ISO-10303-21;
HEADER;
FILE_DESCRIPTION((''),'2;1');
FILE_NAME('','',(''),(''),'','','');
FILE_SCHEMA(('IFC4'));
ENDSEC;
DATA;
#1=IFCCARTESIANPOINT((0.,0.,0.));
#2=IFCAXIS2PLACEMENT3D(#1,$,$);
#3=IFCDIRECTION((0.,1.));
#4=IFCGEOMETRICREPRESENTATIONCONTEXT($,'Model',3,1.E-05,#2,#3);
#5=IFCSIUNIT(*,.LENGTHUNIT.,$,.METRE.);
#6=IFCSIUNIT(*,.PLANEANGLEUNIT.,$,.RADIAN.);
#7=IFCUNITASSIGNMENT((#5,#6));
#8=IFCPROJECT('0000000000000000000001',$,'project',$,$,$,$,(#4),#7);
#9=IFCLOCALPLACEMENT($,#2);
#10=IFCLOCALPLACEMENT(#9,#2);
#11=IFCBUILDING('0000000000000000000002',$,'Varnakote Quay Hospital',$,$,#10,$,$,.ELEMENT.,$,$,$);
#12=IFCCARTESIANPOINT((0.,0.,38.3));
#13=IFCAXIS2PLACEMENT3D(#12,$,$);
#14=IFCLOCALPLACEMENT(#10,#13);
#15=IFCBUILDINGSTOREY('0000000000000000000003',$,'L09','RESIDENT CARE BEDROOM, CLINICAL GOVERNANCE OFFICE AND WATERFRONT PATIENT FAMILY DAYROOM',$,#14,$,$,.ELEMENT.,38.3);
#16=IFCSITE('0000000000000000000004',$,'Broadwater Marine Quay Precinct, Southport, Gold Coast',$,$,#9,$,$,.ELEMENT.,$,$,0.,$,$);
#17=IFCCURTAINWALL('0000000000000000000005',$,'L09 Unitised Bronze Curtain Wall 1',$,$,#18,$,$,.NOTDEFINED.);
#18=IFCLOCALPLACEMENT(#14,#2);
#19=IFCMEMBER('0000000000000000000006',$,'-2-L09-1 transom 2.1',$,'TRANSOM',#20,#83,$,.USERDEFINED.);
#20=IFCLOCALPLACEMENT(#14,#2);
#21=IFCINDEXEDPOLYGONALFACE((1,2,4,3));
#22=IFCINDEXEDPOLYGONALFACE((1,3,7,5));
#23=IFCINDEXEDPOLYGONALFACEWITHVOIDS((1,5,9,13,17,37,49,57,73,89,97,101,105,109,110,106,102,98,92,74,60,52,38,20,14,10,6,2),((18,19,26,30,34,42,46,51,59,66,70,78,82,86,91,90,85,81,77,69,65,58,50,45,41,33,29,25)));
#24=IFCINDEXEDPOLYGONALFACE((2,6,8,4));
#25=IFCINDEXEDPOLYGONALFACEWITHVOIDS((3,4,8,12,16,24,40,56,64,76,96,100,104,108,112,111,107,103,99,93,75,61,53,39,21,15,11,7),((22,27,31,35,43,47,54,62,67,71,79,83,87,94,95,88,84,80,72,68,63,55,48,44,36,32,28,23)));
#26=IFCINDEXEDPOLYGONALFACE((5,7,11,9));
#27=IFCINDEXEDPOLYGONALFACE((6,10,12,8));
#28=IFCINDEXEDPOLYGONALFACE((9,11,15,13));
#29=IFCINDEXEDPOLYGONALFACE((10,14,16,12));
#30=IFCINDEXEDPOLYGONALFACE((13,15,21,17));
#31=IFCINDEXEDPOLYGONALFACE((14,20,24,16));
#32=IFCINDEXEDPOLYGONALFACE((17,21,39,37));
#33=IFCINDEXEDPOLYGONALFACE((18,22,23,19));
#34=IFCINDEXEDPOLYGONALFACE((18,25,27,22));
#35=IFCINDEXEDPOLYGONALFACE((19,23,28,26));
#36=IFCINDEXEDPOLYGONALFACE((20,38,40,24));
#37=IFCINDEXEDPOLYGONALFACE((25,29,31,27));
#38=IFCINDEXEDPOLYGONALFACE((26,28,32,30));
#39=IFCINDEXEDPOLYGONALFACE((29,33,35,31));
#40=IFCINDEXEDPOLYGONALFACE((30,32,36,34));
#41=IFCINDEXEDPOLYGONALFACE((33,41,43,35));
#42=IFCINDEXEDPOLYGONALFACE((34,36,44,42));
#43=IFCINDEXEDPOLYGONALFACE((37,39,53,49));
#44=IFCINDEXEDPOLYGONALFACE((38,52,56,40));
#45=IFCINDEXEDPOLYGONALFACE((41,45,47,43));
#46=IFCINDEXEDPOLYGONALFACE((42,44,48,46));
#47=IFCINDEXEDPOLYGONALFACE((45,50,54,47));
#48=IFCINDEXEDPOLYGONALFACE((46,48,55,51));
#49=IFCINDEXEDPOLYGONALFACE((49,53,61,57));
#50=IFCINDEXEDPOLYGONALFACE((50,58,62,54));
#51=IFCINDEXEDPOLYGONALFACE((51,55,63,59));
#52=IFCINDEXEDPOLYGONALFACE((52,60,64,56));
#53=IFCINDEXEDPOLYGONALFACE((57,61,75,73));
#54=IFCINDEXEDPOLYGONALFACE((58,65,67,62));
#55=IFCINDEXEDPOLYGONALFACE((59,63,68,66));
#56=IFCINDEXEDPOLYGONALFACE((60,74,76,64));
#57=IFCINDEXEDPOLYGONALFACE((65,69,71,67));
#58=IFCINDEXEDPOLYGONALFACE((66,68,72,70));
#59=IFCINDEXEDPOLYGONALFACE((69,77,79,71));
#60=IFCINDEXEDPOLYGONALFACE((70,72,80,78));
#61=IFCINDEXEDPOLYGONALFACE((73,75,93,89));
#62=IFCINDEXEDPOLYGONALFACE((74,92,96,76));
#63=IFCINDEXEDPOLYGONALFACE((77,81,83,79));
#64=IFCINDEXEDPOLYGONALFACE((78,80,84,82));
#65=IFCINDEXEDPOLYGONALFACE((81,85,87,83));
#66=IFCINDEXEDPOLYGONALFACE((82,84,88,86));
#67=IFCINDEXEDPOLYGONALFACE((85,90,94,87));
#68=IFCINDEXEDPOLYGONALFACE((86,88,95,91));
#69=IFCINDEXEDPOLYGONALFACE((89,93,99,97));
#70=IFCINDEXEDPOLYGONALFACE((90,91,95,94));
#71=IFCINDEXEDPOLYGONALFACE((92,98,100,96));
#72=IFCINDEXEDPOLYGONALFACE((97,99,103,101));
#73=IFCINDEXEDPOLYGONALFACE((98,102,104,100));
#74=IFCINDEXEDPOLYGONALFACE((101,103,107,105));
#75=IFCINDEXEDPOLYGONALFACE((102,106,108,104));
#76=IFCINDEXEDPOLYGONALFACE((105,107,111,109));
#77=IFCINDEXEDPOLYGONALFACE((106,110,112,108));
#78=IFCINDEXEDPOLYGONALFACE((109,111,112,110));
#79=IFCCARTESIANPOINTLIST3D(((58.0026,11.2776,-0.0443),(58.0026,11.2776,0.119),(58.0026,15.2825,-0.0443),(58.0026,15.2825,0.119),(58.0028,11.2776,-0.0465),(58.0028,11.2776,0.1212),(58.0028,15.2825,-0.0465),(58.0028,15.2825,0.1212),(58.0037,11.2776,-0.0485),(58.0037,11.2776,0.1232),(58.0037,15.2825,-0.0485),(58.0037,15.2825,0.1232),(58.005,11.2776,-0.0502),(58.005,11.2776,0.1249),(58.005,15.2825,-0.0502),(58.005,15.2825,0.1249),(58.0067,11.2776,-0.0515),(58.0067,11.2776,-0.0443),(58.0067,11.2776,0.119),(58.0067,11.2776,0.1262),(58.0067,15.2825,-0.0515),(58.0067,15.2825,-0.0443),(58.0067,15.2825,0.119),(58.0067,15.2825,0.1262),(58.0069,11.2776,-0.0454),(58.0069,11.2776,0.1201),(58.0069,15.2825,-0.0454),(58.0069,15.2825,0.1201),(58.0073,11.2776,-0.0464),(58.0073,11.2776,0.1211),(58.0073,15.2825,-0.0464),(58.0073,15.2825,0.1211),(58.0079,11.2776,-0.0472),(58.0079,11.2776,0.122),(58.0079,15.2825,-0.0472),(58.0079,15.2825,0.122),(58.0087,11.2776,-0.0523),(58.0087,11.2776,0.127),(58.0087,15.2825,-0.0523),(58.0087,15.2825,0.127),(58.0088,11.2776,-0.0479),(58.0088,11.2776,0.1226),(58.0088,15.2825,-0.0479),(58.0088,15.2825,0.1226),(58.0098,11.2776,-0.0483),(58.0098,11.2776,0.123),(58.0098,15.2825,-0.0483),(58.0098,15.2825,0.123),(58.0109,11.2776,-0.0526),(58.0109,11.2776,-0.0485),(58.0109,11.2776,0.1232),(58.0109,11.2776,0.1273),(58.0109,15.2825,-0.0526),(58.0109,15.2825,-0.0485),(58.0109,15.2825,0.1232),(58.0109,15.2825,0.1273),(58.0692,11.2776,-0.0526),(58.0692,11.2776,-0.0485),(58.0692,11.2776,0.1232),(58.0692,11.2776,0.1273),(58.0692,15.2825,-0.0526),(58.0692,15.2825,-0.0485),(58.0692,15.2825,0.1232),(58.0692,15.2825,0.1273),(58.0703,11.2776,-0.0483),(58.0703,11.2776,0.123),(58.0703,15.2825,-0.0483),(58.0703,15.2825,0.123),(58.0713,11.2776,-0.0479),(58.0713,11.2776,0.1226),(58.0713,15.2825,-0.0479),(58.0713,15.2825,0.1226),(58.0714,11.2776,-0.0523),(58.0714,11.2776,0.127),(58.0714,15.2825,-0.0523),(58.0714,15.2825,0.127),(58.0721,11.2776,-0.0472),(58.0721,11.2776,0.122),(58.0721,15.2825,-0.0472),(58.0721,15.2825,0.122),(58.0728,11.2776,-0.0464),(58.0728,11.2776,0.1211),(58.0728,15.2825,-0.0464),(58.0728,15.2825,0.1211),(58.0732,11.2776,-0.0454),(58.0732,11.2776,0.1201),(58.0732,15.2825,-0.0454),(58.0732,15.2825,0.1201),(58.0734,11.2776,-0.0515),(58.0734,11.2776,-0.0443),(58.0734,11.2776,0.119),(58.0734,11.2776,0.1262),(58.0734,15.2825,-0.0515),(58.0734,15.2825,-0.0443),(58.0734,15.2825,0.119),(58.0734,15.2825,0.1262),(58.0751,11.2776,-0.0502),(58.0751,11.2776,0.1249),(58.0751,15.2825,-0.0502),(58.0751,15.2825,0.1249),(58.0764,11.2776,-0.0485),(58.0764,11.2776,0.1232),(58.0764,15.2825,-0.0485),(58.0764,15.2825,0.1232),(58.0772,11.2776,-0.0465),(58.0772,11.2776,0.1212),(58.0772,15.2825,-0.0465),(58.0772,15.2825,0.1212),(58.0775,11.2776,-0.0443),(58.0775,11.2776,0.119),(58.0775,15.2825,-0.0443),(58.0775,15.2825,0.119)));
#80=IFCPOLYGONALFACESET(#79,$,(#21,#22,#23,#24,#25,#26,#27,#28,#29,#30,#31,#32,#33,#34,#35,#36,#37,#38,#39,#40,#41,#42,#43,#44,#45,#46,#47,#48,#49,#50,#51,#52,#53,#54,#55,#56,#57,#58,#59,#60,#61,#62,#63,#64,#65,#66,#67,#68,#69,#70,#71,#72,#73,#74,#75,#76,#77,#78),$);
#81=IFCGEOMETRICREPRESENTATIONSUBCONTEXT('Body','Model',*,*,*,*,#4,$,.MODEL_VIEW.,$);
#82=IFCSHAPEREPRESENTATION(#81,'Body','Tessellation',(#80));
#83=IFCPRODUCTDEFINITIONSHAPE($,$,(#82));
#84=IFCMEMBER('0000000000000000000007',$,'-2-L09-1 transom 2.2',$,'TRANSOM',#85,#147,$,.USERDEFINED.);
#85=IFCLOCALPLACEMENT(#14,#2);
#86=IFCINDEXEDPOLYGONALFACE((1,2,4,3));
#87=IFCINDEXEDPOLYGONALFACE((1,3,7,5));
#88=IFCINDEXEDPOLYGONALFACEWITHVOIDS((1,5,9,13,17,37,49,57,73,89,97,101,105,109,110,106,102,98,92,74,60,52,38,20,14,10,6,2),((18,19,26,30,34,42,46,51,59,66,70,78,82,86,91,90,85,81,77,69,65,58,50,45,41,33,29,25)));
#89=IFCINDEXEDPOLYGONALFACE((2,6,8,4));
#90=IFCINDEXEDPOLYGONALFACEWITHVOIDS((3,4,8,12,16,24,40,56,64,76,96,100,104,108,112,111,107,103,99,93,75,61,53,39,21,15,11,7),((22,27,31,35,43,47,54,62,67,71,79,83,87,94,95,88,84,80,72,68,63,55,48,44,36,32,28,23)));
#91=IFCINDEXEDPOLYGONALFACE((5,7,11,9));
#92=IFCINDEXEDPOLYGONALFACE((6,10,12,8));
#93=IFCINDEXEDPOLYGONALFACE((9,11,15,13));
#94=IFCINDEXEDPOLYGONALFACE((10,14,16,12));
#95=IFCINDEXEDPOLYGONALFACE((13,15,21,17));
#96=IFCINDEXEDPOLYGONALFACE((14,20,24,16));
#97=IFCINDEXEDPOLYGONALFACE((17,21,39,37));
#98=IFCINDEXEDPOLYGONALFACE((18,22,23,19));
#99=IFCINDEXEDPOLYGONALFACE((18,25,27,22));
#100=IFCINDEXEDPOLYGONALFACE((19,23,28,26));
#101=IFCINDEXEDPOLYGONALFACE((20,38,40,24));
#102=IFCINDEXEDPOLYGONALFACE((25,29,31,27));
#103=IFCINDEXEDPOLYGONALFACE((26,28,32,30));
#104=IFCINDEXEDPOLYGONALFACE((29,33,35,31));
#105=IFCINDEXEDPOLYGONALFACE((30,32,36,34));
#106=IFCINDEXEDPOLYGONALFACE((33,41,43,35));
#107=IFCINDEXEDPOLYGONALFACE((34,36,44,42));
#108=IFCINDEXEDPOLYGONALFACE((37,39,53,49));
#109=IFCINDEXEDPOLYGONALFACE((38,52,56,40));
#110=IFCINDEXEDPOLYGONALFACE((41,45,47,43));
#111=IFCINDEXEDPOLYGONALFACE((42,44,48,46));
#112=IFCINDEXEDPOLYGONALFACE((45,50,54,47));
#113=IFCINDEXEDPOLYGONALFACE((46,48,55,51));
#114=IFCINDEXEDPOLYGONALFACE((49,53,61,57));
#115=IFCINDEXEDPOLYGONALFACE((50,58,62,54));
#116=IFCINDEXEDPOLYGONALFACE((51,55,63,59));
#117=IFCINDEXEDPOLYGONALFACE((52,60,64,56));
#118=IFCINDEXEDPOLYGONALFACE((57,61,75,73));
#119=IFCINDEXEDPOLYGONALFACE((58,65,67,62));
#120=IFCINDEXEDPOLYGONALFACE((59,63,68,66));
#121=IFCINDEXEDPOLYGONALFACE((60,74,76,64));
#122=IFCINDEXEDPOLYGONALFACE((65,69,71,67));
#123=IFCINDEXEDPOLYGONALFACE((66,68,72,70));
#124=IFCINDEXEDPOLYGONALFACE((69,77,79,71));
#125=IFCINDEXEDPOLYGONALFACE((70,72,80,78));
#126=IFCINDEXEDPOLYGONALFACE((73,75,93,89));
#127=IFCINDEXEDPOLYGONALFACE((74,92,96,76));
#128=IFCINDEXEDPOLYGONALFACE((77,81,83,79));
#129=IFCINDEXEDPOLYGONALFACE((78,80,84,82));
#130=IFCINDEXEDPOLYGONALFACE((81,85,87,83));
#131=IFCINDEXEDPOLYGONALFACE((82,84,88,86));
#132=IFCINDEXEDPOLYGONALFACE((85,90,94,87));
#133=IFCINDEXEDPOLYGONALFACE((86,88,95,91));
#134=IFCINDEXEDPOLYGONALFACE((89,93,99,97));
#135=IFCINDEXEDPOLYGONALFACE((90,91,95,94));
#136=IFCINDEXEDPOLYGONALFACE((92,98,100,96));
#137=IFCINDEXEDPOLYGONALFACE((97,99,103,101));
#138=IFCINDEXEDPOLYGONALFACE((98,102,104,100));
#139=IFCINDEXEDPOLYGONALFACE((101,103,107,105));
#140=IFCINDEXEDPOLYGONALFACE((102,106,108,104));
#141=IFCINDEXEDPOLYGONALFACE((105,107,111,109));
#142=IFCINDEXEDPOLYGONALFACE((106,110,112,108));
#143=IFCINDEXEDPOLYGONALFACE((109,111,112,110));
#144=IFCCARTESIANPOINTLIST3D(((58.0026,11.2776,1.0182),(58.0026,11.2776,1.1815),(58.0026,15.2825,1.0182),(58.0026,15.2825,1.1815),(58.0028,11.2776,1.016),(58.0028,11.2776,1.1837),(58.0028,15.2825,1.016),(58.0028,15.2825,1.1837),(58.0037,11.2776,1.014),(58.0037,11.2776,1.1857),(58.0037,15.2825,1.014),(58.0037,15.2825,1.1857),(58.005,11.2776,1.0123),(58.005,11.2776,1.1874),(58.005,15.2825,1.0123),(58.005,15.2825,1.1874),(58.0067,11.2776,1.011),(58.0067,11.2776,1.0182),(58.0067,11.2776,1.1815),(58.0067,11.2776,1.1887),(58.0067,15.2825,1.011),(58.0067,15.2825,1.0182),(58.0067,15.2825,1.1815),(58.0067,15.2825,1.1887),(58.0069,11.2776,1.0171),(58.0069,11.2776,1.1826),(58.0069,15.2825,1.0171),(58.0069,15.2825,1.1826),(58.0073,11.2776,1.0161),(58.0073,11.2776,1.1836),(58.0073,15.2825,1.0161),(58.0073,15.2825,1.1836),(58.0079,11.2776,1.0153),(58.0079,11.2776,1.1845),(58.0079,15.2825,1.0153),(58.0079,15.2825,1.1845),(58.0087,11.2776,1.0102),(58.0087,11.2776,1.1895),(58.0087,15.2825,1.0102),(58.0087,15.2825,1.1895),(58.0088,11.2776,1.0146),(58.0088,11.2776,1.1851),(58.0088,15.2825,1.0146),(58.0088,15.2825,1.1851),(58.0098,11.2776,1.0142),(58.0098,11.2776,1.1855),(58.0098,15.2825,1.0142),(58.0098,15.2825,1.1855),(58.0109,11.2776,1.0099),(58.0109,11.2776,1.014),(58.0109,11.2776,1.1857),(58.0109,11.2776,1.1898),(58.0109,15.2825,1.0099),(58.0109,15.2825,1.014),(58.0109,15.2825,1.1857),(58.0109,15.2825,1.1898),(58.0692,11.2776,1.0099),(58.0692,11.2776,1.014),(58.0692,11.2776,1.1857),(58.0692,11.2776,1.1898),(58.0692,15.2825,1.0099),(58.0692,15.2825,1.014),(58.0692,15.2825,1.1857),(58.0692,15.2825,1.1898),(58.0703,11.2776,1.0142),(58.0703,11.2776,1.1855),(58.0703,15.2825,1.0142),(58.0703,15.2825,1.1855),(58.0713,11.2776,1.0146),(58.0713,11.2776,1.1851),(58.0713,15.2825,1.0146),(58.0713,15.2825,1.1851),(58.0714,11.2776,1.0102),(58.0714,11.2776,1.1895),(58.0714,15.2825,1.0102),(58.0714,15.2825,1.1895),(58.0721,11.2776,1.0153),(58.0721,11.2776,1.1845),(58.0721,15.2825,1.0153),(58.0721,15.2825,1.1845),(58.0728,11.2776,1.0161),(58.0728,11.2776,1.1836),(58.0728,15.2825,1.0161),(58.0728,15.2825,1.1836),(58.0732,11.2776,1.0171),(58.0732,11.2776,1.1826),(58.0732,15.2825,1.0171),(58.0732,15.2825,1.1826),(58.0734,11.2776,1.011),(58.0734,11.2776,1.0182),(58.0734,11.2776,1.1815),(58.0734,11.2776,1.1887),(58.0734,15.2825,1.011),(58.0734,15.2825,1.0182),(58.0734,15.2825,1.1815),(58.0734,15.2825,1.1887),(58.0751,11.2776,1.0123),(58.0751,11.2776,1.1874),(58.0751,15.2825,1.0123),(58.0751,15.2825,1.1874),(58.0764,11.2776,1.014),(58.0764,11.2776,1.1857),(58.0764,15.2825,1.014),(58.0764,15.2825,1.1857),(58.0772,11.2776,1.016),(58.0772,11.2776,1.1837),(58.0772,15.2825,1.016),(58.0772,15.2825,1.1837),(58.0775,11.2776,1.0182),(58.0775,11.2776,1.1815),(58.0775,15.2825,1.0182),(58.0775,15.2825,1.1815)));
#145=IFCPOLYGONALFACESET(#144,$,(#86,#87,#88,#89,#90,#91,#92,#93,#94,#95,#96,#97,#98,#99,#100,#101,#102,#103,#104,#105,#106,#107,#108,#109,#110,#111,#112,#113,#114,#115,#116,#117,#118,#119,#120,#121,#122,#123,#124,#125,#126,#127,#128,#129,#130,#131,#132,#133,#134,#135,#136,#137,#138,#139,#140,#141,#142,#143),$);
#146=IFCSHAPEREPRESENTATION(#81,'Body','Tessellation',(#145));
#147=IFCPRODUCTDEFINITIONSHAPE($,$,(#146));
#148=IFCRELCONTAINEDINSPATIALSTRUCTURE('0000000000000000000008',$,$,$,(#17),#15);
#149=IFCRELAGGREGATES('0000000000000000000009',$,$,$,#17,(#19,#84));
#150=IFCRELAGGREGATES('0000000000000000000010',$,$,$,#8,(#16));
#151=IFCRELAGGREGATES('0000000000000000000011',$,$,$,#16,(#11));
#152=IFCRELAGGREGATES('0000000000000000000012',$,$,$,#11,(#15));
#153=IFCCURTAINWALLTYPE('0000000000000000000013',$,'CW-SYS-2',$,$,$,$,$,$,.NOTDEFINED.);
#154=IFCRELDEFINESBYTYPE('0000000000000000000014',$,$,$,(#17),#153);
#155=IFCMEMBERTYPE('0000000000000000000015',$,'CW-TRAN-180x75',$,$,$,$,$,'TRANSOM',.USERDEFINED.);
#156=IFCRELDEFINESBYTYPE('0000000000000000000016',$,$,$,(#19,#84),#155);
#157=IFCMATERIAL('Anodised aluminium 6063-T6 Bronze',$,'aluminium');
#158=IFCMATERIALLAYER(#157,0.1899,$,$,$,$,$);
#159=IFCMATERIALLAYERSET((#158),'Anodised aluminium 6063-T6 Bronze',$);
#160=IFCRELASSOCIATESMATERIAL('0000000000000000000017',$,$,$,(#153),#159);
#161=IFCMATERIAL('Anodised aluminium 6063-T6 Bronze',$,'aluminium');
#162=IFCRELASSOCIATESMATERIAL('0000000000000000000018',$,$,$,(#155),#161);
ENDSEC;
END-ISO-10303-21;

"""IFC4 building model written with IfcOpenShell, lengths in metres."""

from ifc_helpers import new_model, si_unit, direction, frame, origin, origin_2d, place, context, subcontext, project, spatial, hollow_rectangle, extrude, material, layer, layer_set, material_profile, profile_set, type_object, element, aggregate, save


model = new_model("IFC4")

# Units and contexts
model_context = context("Model", 3, precision=1e-05, world=origin(), true_north=direction((0.0, 1.0)))
body_context = subcontext(model_context, "Body", "Model", "MODEL_VIEW")
ifc_project = project(units=[si_unit("LENGTHUNIT", "METRE"), si_unit("PLANEANGLEUNIT", "RADIAN")], contexts=[model_context])

# Site, building, storey
site_placement = place(None, origin())
site = spatial("IfcSite", under=ifc_project, at=site_placement, Name="Broadwater Marine Quay Precinct, Southport, Gold Coast", CompositionType="ELEMENT", RefElevation=0.0)
building_placement = place(site_placement, origin())
building = spatial("IfcBuilding", under=site, at=building_placement, Name="Varnakote Quay Hospital", CompositionType="ELEMENT")
storey_placement = place(building_placement, frame((0.0, 0.0, 38.3)))
storey = spatial("IfcBuildingStorey", under=building, at=storey_placement, Name="L09", Description="RESIDENT CARE BEDROOM, CLINICAL GOVERNANCE OFFICE AND WATERFRONT PATIENT FAMILY DAYROOM", CompositionType="ELEMENT", Elevation=38.3)

# Curtain wall, members
ifc_material_1 = material(Name="Anodised aluminium 6063-T6 Bronze", Category="aluminium")
ifc_layer_1 = layer(ifc_material_1, 0.1899)
ifc_layer_set_1 = layer_set([ifc_layer_1], Name="Anodised aluminium 6063-T6 Bronze")
curtain_wall_type = type_object("IfcCurtainWallType", Name="CW-SYS-2", PredefinedType="NOTDEFINED", material=ifc_layer_set_1)
curtain_wall_placement = place(storey_placement, origin())
curtain_wall = element("IfcCurtainWall", 1, at=curtain_wall_placement, inside=storey, type_object=curtain_wall_type, Name="L09 Unitised Bronze Curtain Wall 1", PredefinedType="NOTDEFINED")
ifc_material_2 = material(Name="Anodised aluminium 6063-T6 Bronze", Category="aluminium")
ifc_material_profile_1 = material_profile(ifc_material_2, hollow_rectangle(XDim=0.075, YDim=0.1799, WallThickness=0.0042, InnerFilletRadius=0.0042, OuterFilletRadius=0.0083, at=origin_2d()), Name="CW-TRAN-180x75")
ifc_profile_set_1 = profile_set([ifc_material_profile_1], Name="Anodised aluminium 6063-T6 Bronze")
member_type_1 = type_object("IfcMemberType", Name="CW-TRAN-180x75", ElementType="TRANSOM", PredefinedType="USERDEFINED", material=ifc_profile_set_1)
member_1_placement = place(storey_placement, frame((58.04, 11.2776, 0.0374), z_axis=(0.0, 1.0, 0.0), x_axis=(-1.0, 0.0, 0.0)))
member_1 = element("IfcMember", 2, at=member_1_placement, type_object=member_type_1, Name="-2-L09-1 transom 2.1", ObjectType="TRANSOM", PredefinedType="USERDEFINED", context=body_context, shape_type="SweptSolid", body=[
    extrude(hollow_rectangle(XDim=0.075, YDim=0.1799, WallThickness=0.0042, InnerFilletRadius=0.0042, OuterFilletRadius=0.0083, at=origin_2d()), origin(), (0.0, 0.0, 1.0), 4.0049),
])
member_2_placement = place(storey_placement, frame((58.04, 11.2776, 1.0999), z_axis=(0.0, 1.0, 0.0), x_axis=(-1.0, 0.0, 0.0)))
member_2 = element("IfcMember", 3, at=member_2_placement, type_object=member_type_1, Name="-2-L09-1 transom 2.2", ObjectType="TRANSOM", PredefinedType="USERDEFINED", context=body_context, shape_type="SweptSolid", body=[
    extrude(hollow_rectangle(XDim=0.075, YDim=0.1799, WallThickness=0.0042, InnerFilletRadius=0.0042, OuterFilletRadius=0.0083, at=origin_2d()), origin(), (0.0, 0.0, 1.0), 4.0049),
])
aggregate(curtain_wall, [member_1, member_2])

save(model, "model.ifc")
